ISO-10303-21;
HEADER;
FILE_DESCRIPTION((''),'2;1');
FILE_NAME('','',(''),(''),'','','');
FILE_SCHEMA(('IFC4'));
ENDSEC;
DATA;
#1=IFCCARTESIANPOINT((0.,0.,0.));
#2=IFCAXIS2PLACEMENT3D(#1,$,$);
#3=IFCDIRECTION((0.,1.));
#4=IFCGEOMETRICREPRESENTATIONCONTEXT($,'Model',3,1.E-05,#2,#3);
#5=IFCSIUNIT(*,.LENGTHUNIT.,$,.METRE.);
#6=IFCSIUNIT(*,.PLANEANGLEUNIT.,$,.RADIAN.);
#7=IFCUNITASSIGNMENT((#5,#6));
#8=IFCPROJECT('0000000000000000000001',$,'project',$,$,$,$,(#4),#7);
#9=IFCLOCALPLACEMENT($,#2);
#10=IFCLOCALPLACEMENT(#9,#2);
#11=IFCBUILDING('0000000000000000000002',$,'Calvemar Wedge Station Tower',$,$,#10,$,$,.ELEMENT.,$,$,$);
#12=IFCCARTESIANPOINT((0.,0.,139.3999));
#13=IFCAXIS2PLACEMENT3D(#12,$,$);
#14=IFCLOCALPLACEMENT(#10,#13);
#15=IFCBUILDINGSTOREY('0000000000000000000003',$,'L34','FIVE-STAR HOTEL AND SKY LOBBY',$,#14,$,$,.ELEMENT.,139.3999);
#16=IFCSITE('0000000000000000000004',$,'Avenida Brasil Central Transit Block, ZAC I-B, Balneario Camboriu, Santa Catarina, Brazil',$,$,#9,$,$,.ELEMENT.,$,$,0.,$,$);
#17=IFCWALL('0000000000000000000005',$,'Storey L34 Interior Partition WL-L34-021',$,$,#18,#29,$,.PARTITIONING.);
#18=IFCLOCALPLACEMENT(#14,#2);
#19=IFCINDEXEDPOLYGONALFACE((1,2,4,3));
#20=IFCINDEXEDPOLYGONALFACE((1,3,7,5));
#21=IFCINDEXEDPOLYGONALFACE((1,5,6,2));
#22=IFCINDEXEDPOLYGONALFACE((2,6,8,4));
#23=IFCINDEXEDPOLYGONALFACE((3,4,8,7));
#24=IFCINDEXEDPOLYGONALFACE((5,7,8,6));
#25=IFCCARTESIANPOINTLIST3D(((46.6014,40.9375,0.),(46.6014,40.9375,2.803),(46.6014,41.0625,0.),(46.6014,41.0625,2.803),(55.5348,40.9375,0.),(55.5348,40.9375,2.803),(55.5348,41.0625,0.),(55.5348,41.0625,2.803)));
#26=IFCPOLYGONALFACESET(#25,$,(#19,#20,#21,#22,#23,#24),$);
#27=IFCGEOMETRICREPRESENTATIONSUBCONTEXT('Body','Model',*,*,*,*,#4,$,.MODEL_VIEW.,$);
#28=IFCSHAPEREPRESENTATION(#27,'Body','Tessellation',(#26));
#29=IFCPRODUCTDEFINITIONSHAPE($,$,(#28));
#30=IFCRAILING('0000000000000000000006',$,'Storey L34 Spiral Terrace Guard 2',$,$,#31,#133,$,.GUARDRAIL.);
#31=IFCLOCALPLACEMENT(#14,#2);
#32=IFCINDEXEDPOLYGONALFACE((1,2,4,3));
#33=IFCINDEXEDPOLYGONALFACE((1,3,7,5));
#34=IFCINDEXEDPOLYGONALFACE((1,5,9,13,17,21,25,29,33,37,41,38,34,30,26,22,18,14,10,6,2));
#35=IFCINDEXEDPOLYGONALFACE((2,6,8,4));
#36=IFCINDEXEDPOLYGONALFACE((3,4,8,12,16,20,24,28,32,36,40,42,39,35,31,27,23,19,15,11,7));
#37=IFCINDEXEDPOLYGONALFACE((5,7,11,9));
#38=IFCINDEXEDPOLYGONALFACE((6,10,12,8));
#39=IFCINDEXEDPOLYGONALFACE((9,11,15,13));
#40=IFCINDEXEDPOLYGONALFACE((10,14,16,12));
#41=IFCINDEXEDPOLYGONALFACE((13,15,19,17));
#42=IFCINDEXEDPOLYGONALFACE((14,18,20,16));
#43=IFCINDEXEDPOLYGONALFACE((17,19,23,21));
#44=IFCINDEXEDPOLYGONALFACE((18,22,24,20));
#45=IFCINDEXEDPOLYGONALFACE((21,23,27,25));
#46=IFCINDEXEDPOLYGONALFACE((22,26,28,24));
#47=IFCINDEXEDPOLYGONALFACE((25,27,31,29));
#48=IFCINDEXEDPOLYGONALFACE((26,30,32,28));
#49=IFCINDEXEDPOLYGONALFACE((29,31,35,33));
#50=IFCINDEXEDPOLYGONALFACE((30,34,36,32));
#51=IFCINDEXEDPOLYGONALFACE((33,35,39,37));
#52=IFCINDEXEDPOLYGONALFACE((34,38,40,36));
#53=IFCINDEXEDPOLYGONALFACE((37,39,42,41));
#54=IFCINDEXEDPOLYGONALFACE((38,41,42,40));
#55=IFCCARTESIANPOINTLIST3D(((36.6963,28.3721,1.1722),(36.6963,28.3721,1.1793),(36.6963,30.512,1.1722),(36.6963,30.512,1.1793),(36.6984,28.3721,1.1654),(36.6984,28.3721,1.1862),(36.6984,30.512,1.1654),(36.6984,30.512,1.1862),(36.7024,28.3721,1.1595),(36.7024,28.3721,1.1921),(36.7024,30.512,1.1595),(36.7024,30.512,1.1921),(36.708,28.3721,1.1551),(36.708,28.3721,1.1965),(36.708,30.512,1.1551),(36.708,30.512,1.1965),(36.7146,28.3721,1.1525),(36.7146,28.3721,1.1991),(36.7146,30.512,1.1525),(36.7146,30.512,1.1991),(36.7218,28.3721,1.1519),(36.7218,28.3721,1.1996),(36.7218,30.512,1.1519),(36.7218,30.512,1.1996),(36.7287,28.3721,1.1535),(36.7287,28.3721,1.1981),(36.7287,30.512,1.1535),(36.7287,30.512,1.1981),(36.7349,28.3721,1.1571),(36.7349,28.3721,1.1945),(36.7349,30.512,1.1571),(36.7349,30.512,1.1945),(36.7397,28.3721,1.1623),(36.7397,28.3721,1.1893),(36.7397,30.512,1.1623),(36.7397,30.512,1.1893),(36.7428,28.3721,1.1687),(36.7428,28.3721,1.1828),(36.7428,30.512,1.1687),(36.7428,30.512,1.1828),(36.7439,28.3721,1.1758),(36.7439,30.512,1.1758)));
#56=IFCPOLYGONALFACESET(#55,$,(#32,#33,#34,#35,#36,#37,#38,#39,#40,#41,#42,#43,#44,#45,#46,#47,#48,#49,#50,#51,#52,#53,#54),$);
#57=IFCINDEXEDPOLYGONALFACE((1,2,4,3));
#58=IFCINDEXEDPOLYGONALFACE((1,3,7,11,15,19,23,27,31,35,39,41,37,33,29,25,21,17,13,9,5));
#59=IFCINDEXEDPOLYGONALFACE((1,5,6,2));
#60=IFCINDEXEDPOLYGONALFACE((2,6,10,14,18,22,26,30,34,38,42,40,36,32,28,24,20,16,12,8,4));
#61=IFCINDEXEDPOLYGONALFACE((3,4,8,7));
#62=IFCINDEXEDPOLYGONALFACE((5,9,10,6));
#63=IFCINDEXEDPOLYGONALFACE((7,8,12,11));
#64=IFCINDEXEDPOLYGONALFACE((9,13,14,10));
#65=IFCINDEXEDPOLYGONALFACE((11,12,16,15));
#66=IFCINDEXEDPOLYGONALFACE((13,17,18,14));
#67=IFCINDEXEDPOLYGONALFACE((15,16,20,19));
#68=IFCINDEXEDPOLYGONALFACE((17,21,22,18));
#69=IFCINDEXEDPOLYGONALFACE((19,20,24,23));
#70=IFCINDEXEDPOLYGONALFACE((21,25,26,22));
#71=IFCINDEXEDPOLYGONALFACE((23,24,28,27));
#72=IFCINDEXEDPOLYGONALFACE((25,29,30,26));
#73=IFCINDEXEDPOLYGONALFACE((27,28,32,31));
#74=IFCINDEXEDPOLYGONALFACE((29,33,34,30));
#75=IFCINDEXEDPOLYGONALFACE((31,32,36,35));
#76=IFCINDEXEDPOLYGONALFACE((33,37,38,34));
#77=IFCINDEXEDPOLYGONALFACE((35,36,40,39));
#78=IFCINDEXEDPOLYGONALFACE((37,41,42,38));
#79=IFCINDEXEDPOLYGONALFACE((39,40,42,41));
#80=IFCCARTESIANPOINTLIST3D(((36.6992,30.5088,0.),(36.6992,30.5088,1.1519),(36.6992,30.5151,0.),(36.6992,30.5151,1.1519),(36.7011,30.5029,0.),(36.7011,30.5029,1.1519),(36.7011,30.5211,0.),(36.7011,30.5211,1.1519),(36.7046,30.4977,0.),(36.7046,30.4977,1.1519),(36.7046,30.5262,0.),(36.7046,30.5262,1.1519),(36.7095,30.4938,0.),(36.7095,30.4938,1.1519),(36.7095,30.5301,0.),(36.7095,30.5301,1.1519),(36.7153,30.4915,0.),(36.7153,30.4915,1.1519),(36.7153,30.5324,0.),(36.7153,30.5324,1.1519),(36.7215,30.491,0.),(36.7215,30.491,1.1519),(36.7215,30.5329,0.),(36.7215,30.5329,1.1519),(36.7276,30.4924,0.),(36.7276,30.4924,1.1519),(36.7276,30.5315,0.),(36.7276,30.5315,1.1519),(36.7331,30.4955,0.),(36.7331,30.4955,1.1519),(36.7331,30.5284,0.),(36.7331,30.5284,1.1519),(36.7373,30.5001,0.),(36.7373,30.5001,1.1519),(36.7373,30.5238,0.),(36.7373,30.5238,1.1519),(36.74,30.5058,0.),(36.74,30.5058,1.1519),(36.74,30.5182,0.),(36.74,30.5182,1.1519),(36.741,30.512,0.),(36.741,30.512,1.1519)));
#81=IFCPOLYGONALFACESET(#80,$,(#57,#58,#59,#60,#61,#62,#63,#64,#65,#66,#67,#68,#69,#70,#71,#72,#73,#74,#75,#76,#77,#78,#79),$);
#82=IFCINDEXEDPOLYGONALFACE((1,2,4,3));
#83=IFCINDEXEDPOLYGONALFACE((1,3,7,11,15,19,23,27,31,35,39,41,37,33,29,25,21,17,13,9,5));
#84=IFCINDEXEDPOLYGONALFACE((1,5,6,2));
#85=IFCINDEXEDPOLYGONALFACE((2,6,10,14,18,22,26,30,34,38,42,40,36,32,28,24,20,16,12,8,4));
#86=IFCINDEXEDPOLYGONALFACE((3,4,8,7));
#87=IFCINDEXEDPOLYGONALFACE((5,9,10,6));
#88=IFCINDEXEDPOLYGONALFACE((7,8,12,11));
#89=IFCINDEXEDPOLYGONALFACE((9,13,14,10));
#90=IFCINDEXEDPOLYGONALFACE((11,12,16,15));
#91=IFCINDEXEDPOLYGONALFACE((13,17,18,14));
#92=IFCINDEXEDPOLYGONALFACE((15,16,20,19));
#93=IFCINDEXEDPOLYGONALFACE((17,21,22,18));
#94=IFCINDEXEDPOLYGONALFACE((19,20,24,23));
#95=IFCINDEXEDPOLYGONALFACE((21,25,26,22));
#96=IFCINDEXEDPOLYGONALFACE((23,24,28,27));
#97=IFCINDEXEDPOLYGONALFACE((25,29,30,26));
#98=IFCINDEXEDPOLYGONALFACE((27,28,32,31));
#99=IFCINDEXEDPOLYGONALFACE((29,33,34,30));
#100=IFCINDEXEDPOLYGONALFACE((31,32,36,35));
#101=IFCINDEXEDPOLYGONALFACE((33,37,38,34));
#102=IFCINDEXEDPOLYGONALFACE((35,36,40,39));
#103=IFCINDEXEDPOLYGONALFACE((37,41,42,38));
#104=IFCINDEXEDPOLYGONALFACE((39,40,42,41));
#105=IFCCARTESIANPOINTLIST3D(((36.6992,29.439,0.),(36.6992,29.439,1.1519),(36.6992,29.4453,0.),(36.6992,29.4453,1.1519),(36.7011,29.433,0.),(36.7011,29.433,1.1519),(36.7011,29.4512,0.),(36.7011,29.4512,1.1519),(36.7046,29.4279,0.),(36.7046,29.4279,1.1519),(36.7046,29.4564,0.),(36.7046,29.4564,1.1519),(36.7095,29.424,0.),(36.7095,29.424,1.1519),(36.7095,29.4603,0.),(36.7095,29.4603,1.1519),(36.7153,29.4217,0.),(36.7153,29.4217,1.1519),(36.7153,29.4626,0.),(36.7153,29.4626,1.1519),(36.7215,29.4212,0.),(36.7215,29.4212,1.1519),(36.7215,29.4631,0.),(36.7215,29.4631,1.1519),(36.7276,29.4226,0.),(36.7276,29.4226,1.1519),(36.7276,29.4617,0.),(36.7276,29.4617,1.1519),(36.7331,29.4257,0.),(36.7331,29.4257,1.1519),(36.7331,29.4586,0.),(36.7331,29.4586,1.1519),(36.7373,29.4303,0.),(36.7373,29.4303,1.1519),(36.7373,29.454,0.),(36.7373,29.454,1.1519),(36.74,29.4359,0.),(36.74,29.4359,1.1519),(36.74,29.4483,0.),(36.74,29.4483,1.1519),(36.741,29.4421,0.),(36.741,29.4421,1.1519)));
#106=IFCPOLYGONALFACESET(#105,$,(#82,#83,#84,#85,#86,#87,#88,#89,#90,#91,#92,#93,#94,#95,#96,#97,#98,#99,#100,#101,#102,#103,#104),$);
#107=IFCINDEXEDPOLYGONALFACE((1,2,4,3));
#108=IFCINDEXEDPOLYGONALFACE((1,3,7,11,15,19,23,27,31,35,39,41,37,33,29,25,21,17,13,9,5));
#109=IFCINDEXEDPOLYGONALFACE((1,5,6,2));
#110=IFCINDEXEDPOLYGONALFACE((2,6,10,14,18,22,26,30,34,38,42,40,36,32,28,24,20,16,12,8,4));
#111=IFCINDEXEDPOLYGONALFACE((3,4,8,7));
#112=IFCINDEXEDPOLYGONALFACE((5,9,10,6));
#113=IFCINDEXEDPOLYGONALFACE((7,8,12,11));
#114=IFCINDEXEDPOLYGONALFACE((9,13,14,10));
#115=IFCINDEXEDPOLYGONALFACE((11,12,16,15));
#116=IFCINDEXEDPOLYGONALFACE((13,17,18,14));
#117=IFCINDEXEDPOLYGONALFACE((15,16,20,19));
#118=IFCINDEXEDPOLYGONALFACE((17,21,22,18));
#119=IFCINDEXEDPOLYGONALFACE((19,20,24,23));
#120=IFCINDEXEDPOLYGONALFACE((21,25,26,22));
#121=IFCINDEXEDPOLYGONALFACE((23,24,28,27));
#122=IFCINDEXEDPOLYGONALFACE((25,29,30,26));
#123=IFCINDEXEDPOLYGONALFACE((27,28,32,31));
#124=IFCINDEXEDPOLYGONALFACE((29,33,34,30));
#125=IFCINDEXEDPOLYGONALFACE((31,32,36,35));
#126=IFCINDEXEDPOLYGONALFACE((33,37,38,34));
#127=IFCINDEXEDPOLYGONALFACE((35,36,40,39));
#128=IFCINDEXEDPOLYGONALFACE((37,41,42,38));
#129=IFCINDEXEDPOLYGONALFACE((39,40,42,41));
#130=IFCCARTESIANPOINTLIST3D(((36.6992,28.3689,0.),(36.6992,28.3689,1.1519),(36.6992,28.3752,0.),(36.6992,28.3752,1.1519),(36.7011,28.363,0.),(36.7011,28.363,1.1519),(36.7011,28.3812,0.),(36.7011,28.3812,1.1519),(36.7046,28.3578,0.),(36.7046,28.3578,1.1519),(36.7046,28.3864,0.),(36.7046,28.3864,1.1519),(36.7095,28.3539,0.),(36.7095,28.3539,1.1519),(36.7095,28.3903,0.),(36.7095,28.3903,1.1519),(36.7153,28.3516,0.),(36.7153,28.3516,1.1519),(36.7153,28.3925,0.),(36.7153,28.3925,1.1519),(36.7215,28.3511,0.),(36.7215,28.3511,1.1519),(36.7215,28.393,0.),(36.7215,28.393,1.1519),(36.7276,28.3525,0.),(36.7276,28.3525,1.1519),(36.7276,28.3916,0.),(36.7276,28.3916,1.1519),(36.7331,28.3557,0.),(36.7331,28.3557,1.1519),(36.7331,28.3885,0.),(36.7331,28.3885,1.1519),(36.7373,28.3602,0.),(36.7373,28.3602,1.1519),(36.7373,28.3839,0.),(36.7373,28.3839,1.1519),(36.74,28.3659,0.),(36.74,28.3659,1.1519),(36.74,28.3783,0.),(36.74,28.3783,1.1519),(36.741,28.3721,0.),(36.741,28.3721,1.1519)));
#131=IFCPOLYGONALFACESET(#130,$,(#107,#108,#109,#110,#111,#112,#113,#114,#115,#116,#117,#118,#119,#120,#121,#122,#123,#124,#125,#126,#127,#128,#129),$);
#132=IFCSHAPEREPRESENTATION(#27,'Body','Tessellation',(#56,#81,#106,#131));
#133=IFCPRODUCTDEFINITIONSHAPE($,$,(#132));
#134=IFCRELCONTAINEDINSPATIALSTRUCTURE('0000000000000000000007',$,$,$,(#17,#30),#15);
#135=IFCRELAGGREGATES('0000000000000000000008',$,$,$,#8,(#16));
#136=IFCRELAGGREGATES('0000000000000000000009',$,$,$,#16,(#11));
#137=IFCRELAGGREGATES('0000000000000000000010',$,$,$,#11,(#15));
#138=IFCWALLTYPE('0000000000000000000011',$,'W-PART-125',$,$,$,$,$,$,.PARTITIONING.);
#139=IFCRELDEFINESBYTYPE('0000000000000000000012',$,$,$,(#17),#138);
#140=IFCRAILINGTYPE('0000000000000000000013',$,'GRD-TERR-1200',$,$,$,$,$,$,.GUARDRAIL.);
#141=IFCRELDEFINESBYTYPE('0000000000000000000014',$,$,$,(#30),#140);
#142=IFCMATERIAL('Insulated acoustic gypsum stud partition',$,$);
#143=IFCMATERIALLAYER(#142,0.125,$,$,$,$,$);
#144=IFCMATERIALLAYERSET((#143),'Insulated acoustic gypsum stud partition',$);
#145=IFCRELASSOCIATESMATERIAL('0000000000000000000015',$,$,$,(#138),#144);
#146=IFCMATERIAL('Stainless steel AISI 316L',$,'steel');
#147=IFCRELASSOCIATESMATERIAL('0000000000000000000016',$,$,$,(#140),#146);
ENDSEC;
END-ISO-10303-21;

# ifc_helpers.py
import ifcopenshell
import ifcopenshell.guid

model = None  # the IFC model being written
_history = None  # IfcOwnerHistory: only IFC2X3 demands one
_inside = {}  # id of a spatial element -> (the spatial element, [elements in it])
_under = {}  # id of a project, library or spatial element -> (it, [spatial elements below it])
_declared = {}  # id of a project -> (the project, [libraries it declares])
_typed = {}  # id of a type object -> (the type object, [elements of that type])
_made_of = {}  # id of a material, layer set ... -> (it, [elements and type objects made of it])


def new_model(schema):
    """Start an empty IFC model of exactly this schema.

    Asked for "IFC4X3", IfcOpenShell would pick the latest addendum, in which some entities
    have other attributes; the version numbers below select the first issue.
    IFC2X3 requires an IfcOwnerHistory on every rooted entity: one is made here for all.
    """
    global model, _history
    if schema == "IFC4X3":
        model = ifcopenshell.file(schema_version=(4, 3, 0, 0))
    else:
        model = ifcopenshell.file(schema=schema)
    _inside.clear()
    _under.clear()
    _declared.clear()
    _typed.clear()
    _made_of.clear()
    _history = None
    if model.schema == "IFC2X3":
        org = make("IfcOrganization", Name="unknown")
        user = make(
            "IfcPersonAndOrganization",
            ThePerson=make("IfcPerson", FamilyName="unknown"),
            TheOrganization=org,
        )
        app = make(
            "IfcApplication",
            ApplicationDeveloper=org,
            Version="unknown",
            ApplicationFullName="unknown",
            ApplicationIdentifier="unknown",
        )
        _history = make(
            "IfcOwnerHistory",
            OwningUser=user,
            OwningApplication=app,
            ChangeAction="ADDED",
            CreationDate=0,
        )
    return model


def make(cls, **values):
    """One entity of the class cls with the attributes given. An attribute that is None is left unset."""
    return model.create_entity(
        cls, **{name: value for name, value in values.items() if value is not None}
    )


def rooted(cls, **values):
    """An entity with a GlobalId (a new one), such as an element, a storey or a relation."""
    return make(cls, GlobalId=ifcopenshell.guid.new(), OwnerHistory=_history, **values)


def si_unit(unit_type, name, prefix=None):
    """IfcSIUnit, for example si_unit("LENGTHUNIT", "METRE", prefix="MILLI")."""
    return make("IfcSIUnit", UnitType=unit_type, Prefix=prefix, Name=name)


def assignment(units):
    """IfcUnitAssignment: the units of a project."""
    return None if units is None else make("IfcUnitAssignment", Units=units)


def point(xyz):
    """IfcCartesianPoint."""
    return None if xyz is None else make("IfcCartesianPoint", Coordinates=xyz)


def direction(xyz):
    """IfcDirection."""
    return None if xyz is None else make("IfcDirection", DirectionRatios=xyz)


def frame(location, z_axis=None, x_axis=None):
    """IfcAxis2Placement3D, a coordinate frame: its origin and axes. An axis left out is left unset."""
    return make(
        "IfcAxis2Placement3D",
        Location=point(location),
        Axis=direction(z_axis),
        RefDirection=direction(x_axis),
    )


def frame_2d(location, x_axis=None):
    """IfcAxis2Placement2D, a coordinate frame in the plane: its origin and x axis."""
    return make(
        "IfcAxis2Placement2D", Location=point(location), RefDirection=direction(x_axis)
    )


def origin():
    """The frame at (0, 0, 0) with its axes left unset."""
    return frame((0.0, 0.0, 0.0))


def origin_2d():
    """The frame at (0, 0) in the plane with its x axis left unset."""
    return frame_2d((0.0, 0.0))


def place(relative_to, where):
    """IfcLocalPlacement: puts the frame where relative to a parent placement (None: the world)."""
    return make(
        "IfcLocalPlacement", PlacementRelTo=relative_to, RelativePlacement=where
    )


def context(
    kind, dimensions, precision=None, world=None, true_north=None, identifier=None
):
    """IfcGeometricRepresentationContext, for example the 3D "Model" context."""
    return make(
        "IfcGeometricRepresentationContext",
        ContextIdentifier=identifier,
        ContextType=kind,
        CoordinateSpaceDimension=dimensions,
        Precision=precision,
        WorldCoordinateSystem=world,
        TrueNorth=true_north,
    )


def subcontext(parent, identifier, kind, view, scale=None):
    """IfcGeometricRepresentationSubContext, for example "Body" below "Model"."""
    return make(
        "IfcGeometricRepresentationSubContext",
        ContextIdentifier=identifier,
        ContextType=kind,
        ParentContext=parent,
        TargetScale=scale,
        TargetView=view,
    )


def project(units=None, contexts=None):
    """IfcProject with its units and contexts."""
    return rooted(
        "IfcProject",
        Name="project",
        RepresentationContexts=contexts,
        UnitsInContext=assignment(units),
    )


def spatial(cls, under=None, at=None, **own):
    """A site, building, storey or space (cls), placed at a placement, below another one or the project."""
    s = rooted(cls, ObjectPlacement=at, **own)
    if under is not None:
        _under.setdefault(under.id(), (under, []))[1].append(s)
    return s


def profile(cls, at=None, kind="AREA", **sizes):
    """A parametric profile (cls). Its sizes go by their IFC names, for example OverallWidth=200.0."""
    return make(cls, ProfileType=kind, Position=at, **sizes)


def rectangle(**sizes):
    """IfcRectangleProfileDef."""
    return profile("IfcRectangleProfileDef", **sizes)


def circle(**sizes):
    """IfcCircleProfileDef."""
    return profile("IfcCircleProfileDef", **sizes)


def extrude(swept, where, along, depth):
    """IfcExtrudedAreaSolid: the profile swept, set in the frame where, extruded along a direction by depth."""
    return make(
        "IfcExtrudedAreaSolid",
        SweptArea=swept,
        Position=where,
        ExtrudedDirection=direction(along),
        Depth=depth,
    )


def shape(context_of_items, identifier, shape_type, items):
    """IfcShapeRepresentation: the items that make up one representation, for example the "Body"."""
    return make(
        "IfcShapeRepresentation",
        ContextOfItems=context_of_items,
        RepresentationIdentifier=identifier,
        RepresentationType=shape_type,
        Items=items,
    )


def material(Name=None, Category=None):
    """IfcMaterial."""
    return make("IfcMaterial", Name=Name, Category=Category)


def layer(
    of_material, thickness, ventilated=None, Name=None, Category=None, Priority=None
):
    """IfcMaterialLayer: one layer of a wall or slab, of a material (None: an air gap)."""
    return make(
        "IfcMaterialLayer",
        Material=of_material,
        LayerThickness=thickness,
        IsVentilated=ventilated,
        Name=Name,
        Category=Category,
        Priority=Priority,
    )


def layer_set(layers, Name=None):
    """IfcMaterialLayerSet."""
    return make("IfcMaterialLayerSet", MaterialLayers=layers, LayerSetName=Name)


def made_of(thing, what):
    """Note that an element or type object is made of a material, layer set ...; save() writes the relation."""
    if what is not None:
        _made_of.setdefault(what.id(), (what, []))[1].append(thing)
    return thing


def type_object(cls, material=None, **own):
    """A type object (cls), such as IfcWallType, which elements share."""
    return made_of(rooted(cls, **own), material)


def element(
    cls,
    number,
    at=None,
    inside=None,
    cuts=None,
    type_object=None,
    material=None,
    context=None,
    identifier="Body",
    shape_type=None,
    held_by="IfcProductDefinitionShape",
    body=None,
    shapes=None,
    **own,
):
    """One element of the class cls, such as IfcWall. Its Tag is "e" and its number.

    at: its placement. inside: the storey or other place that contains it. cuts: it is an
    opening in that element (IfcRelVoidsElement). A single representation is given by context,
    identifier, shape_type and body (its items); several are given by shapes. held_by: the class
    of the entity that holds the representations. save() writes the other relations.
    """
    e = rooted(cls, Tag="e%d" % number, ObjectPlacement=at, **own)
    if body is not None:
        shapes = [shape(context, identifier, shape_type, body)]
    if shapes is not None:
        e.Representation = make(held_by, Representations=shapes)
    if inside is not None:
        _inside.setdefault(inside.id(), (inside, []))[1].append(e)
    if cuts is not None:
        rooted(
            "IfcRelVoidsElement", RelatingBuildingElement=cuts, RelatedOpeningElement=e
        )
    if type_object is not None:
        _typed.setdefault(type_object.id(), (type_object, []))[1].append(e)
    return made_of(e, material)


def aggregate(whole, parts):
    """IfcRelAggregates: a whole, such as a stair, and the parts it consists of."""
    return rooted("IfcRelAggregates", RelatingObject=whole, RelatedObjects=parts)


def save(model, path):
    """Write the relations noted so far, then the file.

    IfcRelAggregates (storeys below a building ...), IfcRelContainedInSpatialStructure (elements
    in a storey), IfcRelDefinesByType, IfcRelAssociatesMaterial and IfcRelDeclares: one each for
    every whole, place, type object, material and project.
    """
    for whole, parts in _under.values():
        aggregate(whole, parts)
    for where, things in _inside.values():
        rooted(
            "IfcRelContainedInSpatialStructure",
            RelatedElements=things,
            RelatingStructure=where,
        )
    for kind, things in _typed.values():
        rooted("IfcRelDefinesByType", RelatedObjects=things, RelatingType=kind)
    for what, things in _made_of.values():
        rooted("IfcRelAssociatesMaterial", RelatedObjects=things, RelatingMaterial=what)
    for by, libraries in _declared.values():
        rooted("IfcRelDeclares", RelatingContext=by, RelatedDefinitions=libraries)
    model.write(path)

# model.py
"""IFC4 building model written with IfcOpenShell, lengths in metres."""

from ifc_helpers import new_model, si_unit, direction, frame, frame_2d, origin, origin_2d, place, context, subcontext, project, spatial, rectangle, circle, extrude, material, layer, layer_set, type_object, element, save


model = new_model("IFC4")

# Units and contexts
model_context = context("Model", 3, precision=1e-05, world=origin(), true_north=direction((0.0, 1.0)))
body_context = subcontext(model_context, "Body", "Model", "MODEL_VIEW")
ifc_project = project(units=[si_unit("LENGTHUNIT", "METRE"), si_unit("PLANEANGLEUNIT", "RADIAN")], contexts=[model_context])

# Site, building, storey
site_placement = place(None, origin())
site = spatial("IfcSite", under=ifc_project, at=site_placement, Name="Avenida Brasil Central Transit Block, ZAC I-B, Balneario Camboriu, Santa Catarina, Brazil", CompositionType="ELEMENT", RefElevation=0.0)
building_placement = place(site_placement, origin())
building = spatial("IfcBuilding", under=site, at=building_placement, Name="Calvemar Wedge Station Tower", CompositionType="ELEMENT")
storey_placement = place(building_placement, frame((0.0, 0.0, 139.3999)))
storey = spatial("IfcBuildingStorey", under=building, at=storey_placement, Name="L34", Description="FIVE-STAR HOTEL AND SKY LOBBY", CompositionType="ELEMENT", Elevation=139.3999)

# Shared definitions
ifc_material_1 = material(Name="Insulated acoustic gypsum stud partition")
ifc_layer_1 = layer(ifc_material_1, 0.125)
ifc_layer_set_1 = layer_set([ifc_layer_1], Name="Insulated acoustic gypsum stud partition")
wall_type_1 = type_object("IfcWallType", Name="W-PART-125", PredefinedType="PARTITIONING", material=ifc_layer_set_1)

# Wall
wall_1_placement = place(storey_placement, frame((55.5349, 41.0, 0.0), z_axis=(0.0, 0.0, 1.0), x_axis=(-1.0, 0.0, 0.0)))
element("IfcWall", 1, at=wall_1_placement, inside=storey, type_object=wall_type_1, Name="Storey L34 Interior Partition WL-L34-021", PredefinedType="PARTITIONING", context=body_context, shape_type="SweptSolid", body=[
    extrude(rectangle(XDim=8.9333, YDim=0.125, at=frame_2d((4.4668, 0.0))), origin(), (0.0, 0.0, 1.0), 2.803),
])

# Railing
ifc_material_2 = material(Name="Stainless steel AISI 316L", Category="steel")
railing_type = type_object("IfcRailingType", Name="GRD-TERR-1200", PredefinedType="GUARDRAIL", material=ifc_material_2)
railing_1_placement = place(storey_placement, frame((36.72, 30.512, 0.0)))
element("IfcRailing", 2, at=railing_1_placement, inside=storey, type_object=railing_type, Name="Storey L34 Spiral Terrace Guard 2", PredefinedType="GUARDRAIL", context=body_context, shape_type="SweptSolid", body=[
    extrude(circle(Radius=0.0239, at=origin_2d()), frame((0.0, 0.0, 1.1758), z_axis=(0.0, -1.0, 0.0), x_axis=(1.0, 0.0, 0.0)), (0.0, 0.0, 1.0), 2.1399),
    extrude(circle(Radius=0.021, at=origin_2d()), origin(), (0.0, 0.0, 1.0), 1.1519),
    extrude(circle(Radius=0.021, at=origin_2d()), frame((0.0, -1.0698, 0.0)), (0.0, 0.0, 1.0), 1.1519),
    extrude(circle(Radius=0.021, at=origin_2d()), frame((0.0, -2.1399, 0.0)), (0.0, 0.0, 1.0), 1.1519),
])

save(model, "model.ifc")
